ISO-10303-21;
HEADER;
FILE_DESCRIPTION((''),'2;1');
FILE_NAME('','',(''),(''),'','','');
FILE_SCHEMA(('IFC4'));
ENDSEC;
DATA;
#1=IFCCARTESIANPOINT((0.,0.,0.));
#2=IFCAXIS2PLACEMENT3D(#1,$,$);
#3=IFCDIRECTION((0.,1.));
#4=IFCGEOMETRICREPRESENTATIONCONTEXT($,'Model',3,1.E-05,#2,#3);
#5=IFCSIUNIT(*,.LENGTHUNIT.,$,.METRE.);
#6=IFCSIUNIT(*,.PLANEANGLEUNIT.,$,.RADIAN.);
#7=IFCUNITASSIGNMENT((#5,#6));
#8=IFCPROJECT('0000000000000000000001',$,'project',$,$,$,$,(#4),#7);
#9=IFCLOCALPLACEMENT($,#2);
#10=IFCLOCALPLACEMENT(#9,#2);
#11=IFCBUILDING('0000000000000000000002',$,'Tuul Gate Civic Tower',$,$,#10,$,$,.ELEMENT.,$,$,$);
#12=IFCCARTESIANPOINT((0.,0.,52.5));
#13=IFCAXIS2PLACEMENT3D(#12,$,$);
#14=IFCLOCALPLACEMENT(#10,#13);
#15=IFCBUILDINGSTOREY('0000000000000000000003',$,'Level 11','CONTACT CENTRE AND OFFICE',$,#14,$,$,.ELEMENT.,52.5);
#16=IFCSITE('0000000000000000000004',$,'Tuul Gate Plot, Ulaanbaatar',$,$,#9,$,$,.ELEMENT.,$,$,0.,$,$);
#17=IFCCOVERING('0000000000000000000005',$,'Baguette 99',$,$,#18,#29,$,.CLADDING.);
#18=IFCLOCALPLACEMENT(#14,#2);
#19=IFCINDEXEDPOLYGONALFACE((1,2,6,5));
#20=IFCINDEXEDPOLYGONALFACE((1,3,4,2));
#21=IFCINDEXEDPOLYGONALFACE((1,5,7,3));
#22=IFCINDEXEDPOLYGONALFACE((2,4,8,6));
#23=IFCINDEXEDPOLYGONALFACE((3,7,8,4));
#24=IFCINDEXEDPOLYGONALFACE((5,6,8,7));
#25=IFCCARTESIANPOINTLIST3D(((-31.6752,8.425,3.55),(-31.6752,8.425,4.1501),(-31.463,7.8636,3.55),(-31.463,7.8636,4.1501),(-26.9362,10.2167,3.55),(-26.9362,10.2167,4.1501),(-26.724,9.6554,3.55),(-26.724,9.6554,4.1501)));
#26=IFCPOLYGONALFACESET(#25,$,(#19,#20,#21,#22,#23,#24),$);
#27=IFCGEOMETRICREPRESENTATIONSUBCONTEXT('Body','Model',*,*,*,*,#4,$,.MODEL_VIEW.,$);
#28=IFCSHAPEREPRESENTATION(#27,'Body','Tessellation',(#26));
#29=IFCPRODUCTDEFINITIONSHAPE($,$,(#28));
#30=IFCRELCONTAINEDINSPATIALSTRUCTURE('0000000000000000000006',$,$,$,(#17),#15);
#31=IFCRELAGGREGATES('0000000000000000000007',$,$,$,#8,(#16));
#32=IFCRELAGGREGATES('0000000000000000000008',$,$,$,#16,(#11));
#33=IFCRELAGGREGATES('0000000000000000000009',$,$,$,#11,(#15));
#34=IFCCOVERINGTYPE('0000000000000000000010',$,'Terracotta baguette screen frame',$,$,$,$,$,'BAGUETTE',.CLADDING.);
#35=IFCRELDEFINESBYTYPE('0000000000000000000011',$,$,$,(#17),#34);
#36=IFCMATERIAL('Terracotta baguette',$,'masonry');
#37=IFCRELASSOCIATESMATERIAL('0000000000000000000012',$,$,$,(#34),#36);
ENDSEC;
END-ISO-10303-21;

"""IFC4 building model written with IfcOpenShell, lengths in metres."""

from ifc_helpers import new_model, si_unit, direction, frame, origin, origin_2d, place, context, subcontext, project, spatial, rectangle, extrude, material, material_profile, profile_set, type_object, element, save


model = new_model("IFC4")

# Units and contexts
model_context = context("Model", 3, precision=1e-05, world=origin(), true_north=direction((0.0, 1.0)))
body_context = subcontext(model_context, "Body", "Model", "MODEL_VIEW")
ifc_project = project(units=[si_unit("LENGTHUNIT", "METRE"), si_unit("PLANEANGLEUNIT", "RADIAN")], contexts=[model_context])

# Site, building, storey
site_placement = place(None, origin())
site = spatial("IfcSite", under=ifc_project, at=site_placement, Name="Tuul Gate Plot, Ulaanbaatar", CompositionType="ELEMENT", RefElevation=0.0)
building_placement = place(site_placement, origin())
building = spatial("IfcBuilding", under=site, at=building_placement, Name="Tuul Gate Civic Tower", CompositionType="ELEMENT")
storey_placement = place(building_placement, frame((0.0, 0.0, 52.5)))
storey = spatial("IfcBuildingStorey", under=building, at=storey_placement, Name="Level 11", Description="CONTACT CENTRE AND OFFICE", CompositionType="ELEMENT", Elevation=52.5)

# Covering
ifc_material_1 = material(Name="Terracotta baguette", Category="masonry")
ifc_material_profile_1 = material_profile(ifc_material_1, rectangle(XDim=0.6001, YDim=0.6001, at=origin_2d()), Name="Terracotta baguette screen frame")
ifc_profile_set_1 = profile_set([ifc_material_profile_1], Name="Terracotta baguette")
covering_type = type_object("IfcCoveringType", Name="Terracotta baguette screen frame", ElementType="BAGUETTE", PredefinedType="CLADDING", material=ifc_profile_set_1)
covering_placement = place(storey_placement, frame((-26.8301, 9.936, 3.8501), z_axis=(-0.935377, -0.353652, 0.0), x_axis=(0.353652, -0.935377, 0.0)))
element("IfcCovering", 1, at=covering_placement, inside=storey, type_object=covering_type, Name="Baguette 99", PredefinedType="CLADDING", context=body_context, shape_type="SweptSolid", body=[
    extrude(rectangle(XDim=0.6001, YDim=0.6001, at=origin_2d()), origin(), (0.0, 0.0, 1.0), 5.0664),
])

save(model, "model.ifc")
